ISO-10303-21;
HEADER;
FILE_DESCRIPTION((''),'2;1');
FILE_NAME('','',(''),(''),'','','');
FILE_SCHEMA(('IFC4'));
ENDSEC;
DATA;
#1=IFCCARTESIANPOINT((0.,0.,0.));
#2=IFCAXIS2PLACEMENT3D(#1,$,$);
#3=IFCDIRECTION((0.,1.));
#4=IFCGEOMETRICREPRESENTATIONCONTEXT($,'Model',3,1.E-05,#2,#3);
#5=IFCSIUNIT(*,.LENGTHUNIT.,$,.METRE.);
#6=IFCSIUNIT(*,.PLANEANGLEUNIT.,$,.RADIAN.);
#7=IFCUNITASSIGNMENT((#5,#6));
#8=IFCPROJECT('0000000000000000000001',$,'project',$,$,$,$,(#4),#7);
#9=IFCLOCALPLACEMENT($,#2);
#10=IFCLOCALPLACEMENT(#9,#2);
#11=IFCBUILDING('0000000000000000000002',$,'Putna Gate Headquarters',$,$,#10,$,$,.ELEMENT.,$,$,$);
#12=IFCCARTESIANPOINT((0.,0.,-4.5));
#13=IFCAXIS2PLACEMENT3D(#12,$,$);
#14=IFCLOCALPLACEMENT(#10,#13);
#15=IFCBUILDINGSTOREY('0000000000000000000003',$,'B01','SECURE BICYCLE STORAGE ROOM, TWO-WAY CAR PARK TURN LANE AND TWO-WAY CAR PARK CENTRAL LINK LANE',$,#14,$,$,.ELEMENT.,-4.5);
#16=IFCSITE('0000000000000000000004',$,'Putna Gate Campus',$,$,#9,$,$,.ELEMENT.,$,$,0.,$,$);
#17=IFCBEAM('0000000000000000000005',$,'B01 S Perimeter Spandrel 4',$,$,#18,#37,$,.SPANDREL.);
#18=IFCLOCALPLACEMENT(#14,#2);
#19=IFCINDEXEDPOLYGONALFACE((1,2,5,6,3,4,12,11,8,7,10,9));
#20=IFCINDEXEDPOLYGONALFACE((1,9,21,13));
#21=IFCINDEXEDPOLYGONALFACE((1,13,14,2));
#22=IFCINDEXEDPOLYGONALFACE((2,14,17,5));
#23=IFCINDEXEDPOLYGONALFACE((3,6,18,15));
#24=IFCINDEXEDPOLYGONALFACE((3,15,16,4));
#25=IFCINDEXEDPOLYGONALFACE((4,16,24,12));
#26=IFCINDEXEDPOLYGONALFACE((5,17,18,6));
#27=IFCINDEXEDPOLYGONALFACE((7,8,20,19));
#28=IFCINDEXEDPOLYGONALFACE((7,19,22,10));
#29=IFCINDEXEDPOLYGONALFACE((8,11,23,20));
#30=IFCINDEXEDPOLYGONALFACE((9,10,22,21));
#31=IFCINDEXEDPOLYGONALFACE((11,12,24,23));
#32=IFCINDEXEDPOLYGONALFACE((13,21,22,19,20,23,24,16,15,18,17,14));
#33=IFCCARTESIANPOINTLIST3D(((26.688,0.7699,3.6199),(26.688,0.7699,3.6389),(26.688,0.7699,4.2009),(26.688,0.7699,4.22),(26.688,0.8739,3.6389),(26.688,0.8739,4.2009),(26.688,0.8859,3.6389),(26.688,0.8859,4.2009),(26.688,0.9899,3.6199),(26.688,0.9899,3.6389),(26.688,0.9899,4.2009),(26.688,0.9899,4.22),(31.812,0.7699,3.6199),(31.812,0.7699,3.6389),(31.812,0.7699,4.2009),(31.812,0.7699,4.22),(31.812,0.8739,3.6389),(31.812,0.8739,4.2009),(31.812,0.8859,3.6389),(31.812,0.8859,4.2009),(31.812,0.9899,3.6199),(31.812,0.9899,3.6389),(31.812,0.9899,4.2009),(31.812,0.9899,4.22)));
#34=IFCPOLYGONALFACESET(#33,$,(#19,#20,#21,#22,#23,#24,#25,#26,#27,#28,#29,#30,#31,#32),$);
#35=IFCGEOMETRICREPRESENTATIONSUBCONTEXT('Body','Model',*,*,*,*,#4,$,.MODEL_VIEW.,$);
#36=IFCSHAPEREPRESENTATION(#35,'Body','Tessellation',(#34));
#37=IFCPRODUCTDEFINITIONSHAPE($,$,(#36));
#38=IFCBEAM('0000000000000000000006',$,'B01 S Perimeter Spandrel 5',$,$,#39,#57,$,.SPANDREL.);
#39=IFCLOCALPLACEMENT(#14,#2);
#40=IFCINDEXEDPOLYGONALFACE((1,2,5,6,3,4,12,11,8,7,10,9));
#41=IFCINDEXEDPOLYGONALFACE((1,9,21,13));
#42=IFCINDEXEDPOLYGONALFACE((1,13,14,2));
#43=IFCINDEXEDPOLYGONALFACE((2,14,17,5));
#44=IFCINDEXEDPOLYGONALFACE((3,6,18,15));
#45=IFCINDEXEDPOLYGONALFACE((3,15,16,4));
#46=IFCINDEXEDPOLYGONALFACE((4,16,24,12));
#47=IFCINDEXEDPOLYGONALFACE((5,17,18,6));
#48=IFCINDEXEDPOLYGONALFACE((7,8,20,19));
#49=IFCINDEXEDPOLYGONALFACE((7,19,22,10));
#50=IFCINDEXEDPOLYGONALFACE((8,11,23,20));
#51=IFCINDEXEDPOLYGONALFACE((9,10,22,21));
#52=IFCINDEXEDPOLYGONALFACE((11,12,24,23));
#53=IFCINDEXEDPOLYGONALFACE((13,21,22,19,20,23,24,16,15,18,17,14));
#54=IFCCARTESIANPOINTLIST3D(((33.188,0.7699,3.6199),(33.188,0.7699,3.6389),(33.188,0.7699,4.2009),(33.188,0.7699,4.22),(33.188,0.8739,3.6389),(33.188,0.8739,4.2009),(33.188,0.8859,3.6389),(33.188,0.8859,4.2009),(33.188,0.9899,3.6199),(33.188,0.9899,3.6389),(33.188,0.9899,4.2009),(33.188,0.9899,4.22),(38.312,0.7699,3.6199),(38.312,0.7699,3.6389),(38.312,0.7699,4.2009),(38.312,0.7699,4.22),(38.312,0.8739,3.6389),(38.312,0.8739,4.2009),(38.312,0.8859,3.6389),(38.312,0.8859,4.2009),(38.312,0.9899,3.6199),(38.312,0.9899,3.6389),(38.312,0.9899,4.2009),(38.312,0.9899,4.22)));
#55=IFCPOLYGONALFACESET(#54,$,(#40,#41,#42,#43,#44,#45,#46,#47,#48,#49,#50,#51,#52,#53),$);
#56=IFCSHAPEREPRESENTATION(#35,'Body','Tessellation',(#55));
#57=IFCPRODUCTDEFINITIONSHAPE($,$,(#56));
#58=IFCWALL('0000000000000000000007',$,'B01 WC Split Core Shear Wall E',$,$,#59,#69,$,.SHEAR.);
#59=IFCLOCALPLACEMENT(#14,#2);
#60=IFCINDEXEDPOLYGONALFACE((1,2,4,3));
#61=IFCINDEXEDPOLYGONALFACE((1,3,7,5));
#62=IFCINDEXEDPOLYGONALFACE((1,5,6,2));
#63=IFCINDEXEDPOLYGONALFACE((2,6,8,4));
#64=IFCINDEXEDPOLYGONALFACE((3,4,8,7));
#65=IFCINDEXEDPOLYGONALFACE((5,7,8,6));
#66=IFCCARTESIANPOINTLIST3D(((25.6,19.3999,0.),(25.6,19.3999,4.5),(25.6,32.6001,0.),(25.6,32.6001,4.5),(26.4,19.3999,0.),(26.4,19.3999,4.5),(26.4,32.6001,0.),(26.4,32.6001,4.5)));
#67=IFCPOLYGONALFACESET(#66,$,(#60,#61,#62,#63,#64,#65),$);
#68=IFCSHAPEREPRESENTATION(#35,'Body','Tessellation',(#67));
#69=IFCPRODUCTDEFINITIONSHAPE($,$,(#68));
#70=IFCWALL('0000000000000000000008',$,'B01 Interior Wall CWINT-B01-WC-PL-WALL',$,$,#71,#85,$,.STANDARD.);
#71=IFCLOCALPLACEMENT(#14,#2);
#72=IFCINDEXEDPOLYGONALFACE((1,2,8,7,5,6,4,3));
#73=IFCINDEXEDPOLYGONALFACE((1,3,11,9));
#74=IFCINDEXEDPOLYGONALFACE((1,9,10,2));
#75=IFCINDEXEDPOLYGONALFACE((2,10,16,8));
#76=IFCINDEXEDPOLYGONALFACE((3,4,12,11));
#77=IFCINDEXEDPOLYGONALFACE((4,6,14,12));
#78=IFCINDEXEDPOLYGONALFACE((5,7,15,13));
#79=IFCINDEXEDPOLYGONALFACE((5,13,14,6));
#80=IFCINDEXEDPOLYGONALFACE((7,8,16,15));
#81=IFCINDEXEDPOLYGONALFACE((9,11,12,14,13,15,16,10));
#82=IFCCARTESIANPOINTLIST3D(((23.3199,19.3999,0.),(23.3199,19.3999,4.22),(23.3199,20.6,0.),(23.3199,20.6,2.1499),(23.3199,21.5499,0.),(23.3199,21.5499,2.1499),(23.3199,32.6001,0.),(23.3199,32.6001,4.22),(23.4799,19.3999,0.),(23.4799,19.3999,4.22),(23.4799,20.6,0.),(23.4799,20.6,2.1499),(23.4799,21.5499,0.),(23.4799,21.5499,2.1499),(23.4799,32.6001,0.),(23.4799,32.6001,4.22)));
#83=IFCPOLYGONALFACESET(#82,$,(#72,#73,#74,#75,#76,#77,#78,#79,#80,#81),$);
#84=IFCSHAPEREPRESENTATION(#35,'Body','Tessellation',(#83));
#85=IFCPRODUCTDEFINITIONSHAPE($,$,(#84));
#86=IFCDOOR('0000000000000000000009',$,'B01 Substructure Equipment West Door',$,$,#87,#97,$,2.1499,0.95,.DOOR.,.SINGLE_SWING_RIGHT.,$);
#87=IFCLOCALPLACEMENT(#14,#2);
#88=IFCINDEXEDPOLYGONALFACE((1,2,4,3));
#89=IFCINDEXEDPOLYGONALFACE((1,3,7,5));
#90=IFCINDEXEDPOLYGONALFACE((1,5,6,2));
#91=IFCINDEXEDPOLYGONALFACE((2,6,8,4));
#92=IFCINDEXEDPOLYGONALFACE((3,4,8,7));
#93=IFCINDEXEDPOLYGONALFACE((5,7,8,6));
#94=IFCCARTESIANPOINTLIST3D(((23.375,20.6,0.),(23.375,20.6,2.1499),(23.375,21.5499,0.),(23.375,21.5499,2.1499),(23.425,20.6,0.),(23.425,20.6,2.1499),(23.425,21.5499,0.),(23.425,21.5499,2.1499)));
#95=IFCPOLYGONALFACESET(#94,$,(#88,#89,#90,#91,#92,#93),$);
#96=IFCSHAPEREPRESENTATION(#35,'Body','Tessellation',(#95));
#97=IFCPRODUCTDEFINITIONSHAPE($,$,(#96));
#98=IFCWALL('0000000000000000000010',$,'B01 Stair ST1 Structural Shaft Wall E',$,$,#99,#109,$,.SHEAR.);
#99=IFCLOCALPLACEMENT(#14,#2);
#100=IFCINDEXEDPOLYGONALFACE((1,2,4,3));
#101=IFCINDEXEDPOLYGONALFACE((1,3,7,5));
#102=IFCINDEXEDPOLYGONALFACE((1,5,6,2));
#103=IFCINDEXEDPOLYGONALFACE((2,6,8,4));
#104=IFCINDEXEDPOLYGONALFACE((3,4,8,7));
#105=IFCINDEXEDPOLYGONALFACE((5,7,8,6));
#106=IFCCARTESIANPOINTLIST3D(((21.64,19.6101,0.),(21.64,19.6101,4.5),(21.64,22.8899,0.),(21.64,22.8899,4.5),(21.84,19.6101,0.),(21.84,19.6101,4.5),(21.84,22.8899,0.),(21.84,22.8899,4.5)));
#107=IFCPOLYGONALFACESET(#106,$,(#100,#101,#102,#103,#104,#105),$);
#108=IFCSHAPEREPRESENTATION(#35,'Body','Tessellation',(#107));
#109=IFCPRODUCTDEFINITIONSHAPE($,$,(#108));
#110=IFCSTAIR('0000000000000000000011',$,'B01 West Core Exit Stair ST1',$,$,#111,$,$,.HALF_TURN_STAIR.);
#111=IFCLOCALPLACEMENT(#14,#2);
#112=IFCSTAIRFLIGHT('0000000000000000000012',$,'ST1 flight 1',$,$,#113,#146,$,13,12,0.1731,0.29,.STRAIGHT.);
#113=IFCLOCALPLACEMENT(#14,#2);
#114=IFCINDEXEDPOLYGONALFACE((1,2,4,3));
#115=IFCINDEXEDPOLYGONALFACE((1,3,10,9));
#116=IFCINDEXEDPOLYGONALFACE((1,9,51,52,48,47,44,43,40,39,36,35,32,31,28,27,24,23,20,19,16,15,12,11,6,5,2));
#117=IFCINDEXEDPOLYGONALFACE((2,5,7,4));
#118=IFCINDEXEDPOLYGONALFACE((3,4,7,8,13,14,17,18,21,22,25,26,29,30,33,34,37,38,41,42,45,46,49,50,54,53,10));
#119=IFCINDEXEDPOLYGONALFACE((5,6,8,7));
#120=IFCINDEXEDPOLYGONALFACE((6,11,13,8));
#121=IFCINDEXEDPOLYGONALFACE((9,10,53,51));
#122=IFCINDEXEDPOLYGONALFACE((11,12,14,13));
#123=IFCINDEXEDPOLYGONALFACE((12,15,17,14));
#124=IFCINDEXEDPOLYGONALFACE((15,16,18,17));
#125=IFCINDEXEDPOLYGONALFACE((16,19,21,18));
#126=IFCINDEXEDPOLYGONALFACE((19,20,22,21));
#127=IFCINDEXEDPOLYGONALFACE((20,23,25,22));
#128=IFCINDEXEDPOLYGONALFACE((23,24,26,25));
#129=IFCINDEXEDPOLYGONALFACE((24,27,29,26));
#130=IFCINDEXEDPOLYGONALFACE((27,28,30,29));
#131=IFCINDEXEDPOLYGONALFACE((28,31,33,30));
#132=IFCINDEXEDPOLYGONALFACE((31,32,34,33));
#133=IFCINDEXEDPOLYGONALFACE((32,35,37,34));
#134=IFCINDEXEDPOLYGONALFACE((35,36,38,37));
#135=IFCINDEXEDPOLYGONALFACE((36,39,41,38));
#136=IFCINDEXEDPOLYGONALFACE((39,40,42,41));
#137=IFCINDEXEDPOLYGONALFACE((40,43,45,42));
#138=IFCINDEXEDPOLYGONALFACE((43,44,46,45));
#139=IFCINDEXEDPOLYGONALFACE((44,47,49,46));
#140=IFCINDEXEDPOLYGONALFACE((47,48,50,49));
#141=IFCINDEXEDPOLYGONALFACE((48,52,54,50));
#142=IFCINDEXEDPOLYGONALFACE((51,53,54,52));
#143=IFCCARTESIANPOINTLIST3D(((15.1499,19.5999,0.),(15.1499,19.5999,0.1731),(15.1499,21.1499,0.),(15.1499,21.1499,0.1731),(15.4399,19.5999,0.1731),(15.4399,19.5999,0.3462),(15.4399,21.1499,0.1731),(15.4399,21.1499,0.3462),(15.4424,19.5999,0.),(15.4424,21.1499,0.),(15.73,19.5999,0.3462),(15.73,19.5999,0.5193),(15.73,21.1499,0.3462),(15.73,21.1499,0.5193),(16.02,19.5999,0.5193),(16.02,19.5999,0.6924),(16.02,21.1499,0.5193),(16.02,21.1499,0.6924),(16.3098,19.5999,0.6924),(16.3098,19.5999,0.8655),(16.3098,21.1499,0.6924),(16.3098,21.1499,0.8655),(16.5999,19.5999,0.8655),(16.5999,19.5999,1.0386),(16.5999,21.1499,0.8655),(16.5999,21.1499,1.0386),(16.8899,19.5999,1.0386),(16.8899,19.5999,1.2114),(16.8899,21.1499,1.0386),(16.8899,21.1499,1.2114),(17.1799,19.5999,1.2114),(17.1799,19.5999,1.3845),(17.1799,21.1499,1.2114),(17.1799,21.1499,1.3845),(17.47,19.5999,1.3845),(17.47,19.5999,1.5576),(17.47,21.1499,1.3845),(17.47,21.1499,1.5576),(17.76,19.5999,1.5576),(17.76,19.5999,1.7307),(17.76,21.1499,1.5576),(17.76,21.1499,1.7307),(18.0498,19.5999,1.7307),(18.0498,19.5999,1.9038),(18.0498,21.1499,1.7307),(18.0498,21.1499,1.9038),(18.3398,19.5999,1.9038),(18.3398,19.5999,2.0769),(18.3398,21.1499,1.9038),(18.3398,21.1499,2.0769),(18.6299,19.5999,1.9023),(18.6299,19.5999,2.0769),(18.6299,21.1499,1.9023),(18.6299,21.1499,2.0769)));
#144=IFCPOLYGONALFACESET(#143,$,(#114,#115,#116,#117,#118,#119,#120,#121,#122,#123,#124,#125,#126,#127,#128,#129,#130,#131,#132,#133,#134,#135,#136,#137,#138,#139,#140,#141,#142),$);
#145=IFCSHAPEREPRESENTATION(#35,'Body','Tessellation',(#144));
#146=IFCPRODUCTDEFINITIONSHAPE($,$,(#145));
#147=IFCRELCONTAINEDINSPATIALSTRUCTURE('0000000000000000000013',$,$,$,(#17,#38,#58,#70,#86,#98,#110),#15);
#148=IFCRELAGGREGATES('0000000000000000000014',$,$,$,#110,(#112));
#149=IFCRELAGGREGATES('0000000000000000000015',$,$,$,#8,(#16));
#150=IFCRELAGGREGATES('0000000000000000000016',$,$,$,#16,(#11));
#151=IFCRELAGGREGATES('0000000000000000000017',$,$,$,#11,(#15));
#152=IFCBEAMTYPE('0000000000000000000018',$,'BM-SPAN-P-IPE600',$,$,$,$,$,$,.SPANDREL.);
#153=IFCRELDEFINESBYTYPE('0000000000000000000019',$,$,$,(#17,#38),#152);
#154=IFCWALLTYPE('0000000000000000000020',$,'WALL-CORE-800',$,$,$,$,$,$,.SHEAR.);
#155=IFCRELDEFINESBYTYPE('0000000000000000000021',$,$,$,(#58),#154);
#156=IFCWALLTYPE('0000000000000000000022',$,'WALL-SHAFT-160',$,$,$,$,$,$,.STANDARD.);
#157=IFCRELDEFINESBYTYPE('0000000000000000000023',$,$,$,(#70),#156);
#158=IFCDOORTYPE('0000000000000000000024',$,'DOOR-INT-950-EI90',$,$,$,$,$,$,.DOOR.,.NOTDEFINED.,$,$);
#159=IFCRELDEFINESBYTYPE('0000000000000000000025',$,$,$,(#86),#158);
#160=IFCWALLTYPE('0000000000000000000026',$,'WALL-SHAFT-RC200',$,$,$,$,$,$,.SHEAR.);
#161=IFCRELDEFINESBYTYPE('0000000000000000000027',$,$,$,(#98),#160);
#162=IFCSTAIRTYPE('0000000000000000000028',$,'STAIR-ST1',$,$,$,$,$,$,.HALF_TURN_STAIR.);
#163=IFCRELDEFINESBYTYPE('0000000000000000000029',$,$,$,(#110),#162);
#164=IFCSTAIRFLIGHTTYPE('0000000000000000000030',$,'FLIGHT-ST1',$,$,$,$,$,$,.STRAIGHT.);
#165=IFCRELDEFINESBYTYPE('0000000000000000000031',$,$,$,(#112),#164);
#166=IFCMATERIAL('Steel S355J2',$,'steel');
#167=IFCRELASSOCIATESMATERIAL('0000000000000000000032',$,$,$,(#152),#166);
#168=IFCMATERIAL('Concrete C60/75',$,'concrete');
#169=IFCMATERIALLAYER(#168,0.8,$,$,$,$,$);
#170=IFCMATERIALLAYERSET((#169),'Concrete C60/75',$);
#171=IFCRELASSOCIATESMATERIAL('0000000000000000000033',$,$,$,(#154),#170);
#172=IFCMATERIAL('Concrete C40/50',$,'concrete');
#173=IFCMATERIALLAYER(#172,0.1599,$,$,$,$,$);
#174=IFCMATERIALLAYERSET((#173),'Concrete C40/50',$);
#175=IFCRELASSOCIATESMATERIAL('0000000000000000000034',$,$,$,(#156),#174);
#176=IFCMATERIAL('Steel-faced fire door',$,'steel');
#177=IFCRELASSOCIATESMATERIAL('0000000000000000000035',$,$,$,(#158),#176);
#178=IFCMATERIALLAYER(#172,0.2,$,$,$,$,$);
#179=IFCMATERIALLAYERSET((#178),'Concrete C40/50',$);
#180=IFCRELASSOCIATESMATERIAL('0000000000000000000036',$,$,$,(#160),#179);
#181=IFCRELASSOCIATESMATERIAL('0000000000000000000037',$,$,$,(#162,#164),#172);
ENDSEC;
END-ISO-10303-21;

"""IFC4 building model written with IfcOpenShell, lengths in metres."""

from ifc_helpers import new_model, si_unit, direction, frame, frame_2d, origin, origin_2d, place, context, subcontext, project, spatial, polyline, rectangle, i_section, outline, extrude, material, layer, layer_set, material_profile, profile_set, type_object, element, fill, aggregate, save


model = new_model("IFC4")

# Units and contexts
model_context = context("Model", 3, precision=1e-05, world=origin(), true_north=direction((0.0, 1.0)))
body_context = subcontext(model_context, "Body", "Model", "MODEL_VIEW")
ifc_project = project(units=[si_unit("LENGTHUNIT", "METRE"), si_unit("PLANEANGLEUNIT", "RADIAN")], contexts=[model_context])

# Site, building, storey
site_placement = place(None, origin())
site = spatial("IfcSite", under=ifc_project, at=site_placement, Name="Putna Gate Campus", CompositionType="ELEMENT", RefElevation=0.0)
building_placement = place(site_placement, origin())
building = spatial("IfcBuilding", under=site, at=building_placement, Name="Putna Gate Headquarters", CompositionType="ELEMENT")
storey_placement = place(building_placement, frame((0.0, 0.0, -4.5)))
storey = spatial("IfcBuildingStorey", under=building, at=storey_placement, Name="B01", Description="SECURE BICYCLE STORAGE ROOM, TWO-WAY CAR PARK TURN LANE AND TWO-WAY CAR PARK CENTRAL LINK LANE", CompositionType="ELEMENT", Elevation=-4.5)

# Shared definitions
ifc_material_1 = material(Name="Concrete C60/75", Category="concrete")

# Beams
ifc_material_2 = material(Name="Steel S355J2", Category="steel")
ifc_material_profile_1 = material_profile(ifc_material_2, i_section(OverallWidth=0.22, OverallDepth=0.6001, WebThickness=0.012, FlangeThickness=0.019, at=origin_2d()), Name="Steel S355J2")
ifc_profile_set_1 = profile_set([ifc_material_profile_1], Name="Steel S355J2")
beam_type_1 = type_object("IfcBeamType", Name="BM-SPAN-P-IPE600", PredefinedType="SPANDREL", material=ifc_profile_set_1)
for number, where, z_axis, x_axis, name in (
    (1, (26.688, 0.8799, 3.9199), (1.0, 0.0, 0.0), (0.0, 1.0, 0.0), "B01 S Perimeter Spandrel 4"),
    (2, (33.188, 0.8799, 3.9199), (1.0, 0.0, 0.0), (0.0, 1.0, 0.0), "B01 S Perimeter Spandrel 5"),
):
    element("IfcBeam", number, at=place(storey_placement, frame(where, z_axis=z_axis, x_axis=x_axis)), inside=storey, type_object=beam_type_1, Name=name, PredefinedType="SPANDREL", context=body_context, shape_type="SweptSolid", body=[
        extrude(i_section(OverallWidth=0.22, OverallDepth=0.6001, WebThickness=0.012, FlangeThickness=0.019, at=origin_2d()), origin(), (0.0, 0.0, 1.0), 5.124),
    ])

# Wall
ifc_layer_1 = layer(ifc_material_1, 0.8)
ifc_layer_set_1 = layer_set([ifc_layer_1], Name="Concrete C60/75")
wall_type_1 = type_object("IfcWallType", Name="WALL-CORE-800", PredefinedType="SHEAR", material=ifc_layer_set_1)
wall_1_placement = place(storey_placement, frame((26.0, 19.3999, 0.0), z_axis=(0.0, 0.0, 1.0), x_axis=(0.0, 1.0, 0.0)))
element("IfcWall", 3, at=wall_1_placement, inside=storey, type_object=wall_type_1, Name="B01 WC Split Core Shear Wall E", PredefinedType="SHEAR", context=body_context, shape_type="SweptSolid", body=[
    extrude(rectangle(XDim=13.2002, YDim=0.8, at=frame_2d((6.6001, 0.0))), origin(), (0.0, 0.0, 1.0), 4.5),
])

# Wall, opening, door
ifc_material_3 = material(Name="Concrete C40/50", Category="concrete")
ifc_layer_2 = layer(ifc_material_3, 0.1599)
ifc_layer_set_2 = layer_set([ifc_layer_2], Name="Concrete C40/50")
wall_type_2 = type_object("IfcWallType", Name="WALL-SHAFT-160", PredefinedType="STANDARD", material=ifc_layer_set_2)
wall_2_placement = place(storey_placement, frame((23.3999, 19.3999, 0.0), z_axis=(0.0, 0.0, 1.0), x_axis=(0.0, 1.0, 0.0)))
wall_2 = element("IfcWall", 4, at=wall_2_placement, inside=storey, type_object=wall_type_2, Name="B01 Interior Wall CWINT-B01-WC-PL-WALL", PredefinedType="STANDARD", context=body_context, shape_type="SweptSolid", body=[
    extrude(rectangle(XDim=13.2002, YDim=0.1599, at=frame_2d((6.6001, 0.0))), origin(), (0.0, 0.0, 1.0), 4.22),
])
opening_placement = place(wall_2_placement, frame((1.2, 0.0, 0.0)))
opening = element("IfcOpeningElement", 5, at=opening_placement, cuts=wall_2, PredefinedType="OPENING", context=body_context, shape_type="SweptSolid", body=[
    extrude(rectangle(XDim=0.95, YDim=2.1499, at=frame_2d((0.4751, 1.075))), frame((0.0, 0.0898, 0.0), z_axis=(0.0, -1.0, 0.0), x_axis=(1.0, 0.0, 0.0)), (0.0, 0.0, 1.0), 0.1799),
])
ifc_material_4 = material(Name="Steel-faced fire door", Category="steel")
door_type = type_object("IfcDoorType", Name="DOOR-INT-950-EI90", OperationType="NOTDEFINED", PredefinedType="DOOR", material=ifc_material_4)
door_placement = place(opening_placement, origin())
door = element("IfcDoor", 6, at=door_placement, inside=storey, type_object=door_type, Name="B01 Substructure Equipment West Door", OperationType="SINGLE_SWING_RIGHT", OverallHeight=2.1499, OverallWidth=0.95, PredefinedType="DOOR", context=body_context, shape_type="SweptSolid", body=[
    extrude(rectangle(XDim=0.95, YDim=2.1499, at=frame_2d((0.4751, 1.075))), frame((0.0, 0.0249, 0.0), z_axis=(0.0, -1.0, 0.0), x_axis=(1.0, 0.0, 0.0)), (0.0, 0.0, 1.0), 0.05),
])
fill(opening, door)

# Wall
ifc_layer_3 = layer(ifc_material_3, 0.2)
ifc_layer_set_3 = layer_set([ifc_layer_3], Name="Concrete C40/50")
wall_type_3 = type_object("IfcWallType", Name="WALL-SHAFT-RC200", PredefinedType="SHEAR", material=ifc_layer_set_3)
wall_3_placement = place(storey_placement, frame((21.74, 19.6101, 0.0), z_axis=(0.0, 0.0, 1.0), x_axis=(0.0, 1.0, 0.0)))
element("IfcWall", 7, at=wall_3_placement, inside=storey, type_object=wall_type_3, Name="B01 Stair ST1 Structural Shaft Wall E", PredefinedType="SHEAR", context=body_context, shape_type="SweptSolid", body=[
    extrude(rectangle(XDim=3.2798, YDim=0.2, at=frame_2d((1.6399, 0.0))), origin(), (0.0, 0.0, 1.0), 4.5),
])

# Stair, stair flight
stair_type = type_object("IfcStairType", Name="STAIR-ST1", PredefinedType="HALF_TURN_STAIR", material=ifc_material_3)
stair_placement = place(storey_placement, origin())
stair = element("IfcStair", 8, at=stair_placement, inside=storey, type_object=stair_type, Name="B01 West Core Exit Stair ST1", PredefinedType="HALF_TURN_STAIR")
stair_flight_type = type_object("IfcStairFlightType", Name="FLIGHT-ST1", PredefinedType="STRAIGHT", material=ifc_material_3)
stair_flight_placement = place(storey_placement, frame((15.1499, 20.375, 0.0), z_axis=(0.0, 0.0, 1.0), x_axis=(1.0, 0.0, 0.0)))
stair_flight = element("IfcStairFlight", 9, at=stair_flight_placement, type_object=stair_flight_type, Name="ST1 flight 1", NumberOfRisers=13, NumberOfTreads=12, PredefinedType="STRAIGHT", RiserHeight=0.1731, TreadLength=0.29, context=body_context, shape_type="SweptSolid", body=[
    extrude(outline(polyline([(0.0, 0.0), (0.0, 0.1731), (0.29, 0.1731), (0.29, 0.3462), (0.5801, 0.3462), (0.5801, 0.5193), (0.8701, 0.5193), (0.8701, 0.6924), (1.1599, 0.6924), (1.1599, 0.8655), (1.45, 0.8655), (1.45, 1.0386), (1.74, 1.0386), (1.74, 1.2114), (2.03, 1.2114), (2.03, 1.3845), (2.3201, 1.3845), (2.3201, 1.5576), (2.6101, 1.5576), (2.6101, 1.7307), (2.8999, 1.7307), (2.8999, 1.9038), (3.1899, 1.9038), (3.1899, 2.0769), (3.48, 2.0769), (3.48, 2.25), (3.48, 1.9023), (0.2925, 0.0), (0.0, 0.0)])), frame((0.0, 0.7749, 0.0), z_axis=(0.0, -1.0, 0.0), x_axis=(1.0, 0.0, 0.0)), (0.0, 0.0, 1.0), 1.55),
])
aggregate(stair, [stair_flight])

save(model, "model.ifc")
